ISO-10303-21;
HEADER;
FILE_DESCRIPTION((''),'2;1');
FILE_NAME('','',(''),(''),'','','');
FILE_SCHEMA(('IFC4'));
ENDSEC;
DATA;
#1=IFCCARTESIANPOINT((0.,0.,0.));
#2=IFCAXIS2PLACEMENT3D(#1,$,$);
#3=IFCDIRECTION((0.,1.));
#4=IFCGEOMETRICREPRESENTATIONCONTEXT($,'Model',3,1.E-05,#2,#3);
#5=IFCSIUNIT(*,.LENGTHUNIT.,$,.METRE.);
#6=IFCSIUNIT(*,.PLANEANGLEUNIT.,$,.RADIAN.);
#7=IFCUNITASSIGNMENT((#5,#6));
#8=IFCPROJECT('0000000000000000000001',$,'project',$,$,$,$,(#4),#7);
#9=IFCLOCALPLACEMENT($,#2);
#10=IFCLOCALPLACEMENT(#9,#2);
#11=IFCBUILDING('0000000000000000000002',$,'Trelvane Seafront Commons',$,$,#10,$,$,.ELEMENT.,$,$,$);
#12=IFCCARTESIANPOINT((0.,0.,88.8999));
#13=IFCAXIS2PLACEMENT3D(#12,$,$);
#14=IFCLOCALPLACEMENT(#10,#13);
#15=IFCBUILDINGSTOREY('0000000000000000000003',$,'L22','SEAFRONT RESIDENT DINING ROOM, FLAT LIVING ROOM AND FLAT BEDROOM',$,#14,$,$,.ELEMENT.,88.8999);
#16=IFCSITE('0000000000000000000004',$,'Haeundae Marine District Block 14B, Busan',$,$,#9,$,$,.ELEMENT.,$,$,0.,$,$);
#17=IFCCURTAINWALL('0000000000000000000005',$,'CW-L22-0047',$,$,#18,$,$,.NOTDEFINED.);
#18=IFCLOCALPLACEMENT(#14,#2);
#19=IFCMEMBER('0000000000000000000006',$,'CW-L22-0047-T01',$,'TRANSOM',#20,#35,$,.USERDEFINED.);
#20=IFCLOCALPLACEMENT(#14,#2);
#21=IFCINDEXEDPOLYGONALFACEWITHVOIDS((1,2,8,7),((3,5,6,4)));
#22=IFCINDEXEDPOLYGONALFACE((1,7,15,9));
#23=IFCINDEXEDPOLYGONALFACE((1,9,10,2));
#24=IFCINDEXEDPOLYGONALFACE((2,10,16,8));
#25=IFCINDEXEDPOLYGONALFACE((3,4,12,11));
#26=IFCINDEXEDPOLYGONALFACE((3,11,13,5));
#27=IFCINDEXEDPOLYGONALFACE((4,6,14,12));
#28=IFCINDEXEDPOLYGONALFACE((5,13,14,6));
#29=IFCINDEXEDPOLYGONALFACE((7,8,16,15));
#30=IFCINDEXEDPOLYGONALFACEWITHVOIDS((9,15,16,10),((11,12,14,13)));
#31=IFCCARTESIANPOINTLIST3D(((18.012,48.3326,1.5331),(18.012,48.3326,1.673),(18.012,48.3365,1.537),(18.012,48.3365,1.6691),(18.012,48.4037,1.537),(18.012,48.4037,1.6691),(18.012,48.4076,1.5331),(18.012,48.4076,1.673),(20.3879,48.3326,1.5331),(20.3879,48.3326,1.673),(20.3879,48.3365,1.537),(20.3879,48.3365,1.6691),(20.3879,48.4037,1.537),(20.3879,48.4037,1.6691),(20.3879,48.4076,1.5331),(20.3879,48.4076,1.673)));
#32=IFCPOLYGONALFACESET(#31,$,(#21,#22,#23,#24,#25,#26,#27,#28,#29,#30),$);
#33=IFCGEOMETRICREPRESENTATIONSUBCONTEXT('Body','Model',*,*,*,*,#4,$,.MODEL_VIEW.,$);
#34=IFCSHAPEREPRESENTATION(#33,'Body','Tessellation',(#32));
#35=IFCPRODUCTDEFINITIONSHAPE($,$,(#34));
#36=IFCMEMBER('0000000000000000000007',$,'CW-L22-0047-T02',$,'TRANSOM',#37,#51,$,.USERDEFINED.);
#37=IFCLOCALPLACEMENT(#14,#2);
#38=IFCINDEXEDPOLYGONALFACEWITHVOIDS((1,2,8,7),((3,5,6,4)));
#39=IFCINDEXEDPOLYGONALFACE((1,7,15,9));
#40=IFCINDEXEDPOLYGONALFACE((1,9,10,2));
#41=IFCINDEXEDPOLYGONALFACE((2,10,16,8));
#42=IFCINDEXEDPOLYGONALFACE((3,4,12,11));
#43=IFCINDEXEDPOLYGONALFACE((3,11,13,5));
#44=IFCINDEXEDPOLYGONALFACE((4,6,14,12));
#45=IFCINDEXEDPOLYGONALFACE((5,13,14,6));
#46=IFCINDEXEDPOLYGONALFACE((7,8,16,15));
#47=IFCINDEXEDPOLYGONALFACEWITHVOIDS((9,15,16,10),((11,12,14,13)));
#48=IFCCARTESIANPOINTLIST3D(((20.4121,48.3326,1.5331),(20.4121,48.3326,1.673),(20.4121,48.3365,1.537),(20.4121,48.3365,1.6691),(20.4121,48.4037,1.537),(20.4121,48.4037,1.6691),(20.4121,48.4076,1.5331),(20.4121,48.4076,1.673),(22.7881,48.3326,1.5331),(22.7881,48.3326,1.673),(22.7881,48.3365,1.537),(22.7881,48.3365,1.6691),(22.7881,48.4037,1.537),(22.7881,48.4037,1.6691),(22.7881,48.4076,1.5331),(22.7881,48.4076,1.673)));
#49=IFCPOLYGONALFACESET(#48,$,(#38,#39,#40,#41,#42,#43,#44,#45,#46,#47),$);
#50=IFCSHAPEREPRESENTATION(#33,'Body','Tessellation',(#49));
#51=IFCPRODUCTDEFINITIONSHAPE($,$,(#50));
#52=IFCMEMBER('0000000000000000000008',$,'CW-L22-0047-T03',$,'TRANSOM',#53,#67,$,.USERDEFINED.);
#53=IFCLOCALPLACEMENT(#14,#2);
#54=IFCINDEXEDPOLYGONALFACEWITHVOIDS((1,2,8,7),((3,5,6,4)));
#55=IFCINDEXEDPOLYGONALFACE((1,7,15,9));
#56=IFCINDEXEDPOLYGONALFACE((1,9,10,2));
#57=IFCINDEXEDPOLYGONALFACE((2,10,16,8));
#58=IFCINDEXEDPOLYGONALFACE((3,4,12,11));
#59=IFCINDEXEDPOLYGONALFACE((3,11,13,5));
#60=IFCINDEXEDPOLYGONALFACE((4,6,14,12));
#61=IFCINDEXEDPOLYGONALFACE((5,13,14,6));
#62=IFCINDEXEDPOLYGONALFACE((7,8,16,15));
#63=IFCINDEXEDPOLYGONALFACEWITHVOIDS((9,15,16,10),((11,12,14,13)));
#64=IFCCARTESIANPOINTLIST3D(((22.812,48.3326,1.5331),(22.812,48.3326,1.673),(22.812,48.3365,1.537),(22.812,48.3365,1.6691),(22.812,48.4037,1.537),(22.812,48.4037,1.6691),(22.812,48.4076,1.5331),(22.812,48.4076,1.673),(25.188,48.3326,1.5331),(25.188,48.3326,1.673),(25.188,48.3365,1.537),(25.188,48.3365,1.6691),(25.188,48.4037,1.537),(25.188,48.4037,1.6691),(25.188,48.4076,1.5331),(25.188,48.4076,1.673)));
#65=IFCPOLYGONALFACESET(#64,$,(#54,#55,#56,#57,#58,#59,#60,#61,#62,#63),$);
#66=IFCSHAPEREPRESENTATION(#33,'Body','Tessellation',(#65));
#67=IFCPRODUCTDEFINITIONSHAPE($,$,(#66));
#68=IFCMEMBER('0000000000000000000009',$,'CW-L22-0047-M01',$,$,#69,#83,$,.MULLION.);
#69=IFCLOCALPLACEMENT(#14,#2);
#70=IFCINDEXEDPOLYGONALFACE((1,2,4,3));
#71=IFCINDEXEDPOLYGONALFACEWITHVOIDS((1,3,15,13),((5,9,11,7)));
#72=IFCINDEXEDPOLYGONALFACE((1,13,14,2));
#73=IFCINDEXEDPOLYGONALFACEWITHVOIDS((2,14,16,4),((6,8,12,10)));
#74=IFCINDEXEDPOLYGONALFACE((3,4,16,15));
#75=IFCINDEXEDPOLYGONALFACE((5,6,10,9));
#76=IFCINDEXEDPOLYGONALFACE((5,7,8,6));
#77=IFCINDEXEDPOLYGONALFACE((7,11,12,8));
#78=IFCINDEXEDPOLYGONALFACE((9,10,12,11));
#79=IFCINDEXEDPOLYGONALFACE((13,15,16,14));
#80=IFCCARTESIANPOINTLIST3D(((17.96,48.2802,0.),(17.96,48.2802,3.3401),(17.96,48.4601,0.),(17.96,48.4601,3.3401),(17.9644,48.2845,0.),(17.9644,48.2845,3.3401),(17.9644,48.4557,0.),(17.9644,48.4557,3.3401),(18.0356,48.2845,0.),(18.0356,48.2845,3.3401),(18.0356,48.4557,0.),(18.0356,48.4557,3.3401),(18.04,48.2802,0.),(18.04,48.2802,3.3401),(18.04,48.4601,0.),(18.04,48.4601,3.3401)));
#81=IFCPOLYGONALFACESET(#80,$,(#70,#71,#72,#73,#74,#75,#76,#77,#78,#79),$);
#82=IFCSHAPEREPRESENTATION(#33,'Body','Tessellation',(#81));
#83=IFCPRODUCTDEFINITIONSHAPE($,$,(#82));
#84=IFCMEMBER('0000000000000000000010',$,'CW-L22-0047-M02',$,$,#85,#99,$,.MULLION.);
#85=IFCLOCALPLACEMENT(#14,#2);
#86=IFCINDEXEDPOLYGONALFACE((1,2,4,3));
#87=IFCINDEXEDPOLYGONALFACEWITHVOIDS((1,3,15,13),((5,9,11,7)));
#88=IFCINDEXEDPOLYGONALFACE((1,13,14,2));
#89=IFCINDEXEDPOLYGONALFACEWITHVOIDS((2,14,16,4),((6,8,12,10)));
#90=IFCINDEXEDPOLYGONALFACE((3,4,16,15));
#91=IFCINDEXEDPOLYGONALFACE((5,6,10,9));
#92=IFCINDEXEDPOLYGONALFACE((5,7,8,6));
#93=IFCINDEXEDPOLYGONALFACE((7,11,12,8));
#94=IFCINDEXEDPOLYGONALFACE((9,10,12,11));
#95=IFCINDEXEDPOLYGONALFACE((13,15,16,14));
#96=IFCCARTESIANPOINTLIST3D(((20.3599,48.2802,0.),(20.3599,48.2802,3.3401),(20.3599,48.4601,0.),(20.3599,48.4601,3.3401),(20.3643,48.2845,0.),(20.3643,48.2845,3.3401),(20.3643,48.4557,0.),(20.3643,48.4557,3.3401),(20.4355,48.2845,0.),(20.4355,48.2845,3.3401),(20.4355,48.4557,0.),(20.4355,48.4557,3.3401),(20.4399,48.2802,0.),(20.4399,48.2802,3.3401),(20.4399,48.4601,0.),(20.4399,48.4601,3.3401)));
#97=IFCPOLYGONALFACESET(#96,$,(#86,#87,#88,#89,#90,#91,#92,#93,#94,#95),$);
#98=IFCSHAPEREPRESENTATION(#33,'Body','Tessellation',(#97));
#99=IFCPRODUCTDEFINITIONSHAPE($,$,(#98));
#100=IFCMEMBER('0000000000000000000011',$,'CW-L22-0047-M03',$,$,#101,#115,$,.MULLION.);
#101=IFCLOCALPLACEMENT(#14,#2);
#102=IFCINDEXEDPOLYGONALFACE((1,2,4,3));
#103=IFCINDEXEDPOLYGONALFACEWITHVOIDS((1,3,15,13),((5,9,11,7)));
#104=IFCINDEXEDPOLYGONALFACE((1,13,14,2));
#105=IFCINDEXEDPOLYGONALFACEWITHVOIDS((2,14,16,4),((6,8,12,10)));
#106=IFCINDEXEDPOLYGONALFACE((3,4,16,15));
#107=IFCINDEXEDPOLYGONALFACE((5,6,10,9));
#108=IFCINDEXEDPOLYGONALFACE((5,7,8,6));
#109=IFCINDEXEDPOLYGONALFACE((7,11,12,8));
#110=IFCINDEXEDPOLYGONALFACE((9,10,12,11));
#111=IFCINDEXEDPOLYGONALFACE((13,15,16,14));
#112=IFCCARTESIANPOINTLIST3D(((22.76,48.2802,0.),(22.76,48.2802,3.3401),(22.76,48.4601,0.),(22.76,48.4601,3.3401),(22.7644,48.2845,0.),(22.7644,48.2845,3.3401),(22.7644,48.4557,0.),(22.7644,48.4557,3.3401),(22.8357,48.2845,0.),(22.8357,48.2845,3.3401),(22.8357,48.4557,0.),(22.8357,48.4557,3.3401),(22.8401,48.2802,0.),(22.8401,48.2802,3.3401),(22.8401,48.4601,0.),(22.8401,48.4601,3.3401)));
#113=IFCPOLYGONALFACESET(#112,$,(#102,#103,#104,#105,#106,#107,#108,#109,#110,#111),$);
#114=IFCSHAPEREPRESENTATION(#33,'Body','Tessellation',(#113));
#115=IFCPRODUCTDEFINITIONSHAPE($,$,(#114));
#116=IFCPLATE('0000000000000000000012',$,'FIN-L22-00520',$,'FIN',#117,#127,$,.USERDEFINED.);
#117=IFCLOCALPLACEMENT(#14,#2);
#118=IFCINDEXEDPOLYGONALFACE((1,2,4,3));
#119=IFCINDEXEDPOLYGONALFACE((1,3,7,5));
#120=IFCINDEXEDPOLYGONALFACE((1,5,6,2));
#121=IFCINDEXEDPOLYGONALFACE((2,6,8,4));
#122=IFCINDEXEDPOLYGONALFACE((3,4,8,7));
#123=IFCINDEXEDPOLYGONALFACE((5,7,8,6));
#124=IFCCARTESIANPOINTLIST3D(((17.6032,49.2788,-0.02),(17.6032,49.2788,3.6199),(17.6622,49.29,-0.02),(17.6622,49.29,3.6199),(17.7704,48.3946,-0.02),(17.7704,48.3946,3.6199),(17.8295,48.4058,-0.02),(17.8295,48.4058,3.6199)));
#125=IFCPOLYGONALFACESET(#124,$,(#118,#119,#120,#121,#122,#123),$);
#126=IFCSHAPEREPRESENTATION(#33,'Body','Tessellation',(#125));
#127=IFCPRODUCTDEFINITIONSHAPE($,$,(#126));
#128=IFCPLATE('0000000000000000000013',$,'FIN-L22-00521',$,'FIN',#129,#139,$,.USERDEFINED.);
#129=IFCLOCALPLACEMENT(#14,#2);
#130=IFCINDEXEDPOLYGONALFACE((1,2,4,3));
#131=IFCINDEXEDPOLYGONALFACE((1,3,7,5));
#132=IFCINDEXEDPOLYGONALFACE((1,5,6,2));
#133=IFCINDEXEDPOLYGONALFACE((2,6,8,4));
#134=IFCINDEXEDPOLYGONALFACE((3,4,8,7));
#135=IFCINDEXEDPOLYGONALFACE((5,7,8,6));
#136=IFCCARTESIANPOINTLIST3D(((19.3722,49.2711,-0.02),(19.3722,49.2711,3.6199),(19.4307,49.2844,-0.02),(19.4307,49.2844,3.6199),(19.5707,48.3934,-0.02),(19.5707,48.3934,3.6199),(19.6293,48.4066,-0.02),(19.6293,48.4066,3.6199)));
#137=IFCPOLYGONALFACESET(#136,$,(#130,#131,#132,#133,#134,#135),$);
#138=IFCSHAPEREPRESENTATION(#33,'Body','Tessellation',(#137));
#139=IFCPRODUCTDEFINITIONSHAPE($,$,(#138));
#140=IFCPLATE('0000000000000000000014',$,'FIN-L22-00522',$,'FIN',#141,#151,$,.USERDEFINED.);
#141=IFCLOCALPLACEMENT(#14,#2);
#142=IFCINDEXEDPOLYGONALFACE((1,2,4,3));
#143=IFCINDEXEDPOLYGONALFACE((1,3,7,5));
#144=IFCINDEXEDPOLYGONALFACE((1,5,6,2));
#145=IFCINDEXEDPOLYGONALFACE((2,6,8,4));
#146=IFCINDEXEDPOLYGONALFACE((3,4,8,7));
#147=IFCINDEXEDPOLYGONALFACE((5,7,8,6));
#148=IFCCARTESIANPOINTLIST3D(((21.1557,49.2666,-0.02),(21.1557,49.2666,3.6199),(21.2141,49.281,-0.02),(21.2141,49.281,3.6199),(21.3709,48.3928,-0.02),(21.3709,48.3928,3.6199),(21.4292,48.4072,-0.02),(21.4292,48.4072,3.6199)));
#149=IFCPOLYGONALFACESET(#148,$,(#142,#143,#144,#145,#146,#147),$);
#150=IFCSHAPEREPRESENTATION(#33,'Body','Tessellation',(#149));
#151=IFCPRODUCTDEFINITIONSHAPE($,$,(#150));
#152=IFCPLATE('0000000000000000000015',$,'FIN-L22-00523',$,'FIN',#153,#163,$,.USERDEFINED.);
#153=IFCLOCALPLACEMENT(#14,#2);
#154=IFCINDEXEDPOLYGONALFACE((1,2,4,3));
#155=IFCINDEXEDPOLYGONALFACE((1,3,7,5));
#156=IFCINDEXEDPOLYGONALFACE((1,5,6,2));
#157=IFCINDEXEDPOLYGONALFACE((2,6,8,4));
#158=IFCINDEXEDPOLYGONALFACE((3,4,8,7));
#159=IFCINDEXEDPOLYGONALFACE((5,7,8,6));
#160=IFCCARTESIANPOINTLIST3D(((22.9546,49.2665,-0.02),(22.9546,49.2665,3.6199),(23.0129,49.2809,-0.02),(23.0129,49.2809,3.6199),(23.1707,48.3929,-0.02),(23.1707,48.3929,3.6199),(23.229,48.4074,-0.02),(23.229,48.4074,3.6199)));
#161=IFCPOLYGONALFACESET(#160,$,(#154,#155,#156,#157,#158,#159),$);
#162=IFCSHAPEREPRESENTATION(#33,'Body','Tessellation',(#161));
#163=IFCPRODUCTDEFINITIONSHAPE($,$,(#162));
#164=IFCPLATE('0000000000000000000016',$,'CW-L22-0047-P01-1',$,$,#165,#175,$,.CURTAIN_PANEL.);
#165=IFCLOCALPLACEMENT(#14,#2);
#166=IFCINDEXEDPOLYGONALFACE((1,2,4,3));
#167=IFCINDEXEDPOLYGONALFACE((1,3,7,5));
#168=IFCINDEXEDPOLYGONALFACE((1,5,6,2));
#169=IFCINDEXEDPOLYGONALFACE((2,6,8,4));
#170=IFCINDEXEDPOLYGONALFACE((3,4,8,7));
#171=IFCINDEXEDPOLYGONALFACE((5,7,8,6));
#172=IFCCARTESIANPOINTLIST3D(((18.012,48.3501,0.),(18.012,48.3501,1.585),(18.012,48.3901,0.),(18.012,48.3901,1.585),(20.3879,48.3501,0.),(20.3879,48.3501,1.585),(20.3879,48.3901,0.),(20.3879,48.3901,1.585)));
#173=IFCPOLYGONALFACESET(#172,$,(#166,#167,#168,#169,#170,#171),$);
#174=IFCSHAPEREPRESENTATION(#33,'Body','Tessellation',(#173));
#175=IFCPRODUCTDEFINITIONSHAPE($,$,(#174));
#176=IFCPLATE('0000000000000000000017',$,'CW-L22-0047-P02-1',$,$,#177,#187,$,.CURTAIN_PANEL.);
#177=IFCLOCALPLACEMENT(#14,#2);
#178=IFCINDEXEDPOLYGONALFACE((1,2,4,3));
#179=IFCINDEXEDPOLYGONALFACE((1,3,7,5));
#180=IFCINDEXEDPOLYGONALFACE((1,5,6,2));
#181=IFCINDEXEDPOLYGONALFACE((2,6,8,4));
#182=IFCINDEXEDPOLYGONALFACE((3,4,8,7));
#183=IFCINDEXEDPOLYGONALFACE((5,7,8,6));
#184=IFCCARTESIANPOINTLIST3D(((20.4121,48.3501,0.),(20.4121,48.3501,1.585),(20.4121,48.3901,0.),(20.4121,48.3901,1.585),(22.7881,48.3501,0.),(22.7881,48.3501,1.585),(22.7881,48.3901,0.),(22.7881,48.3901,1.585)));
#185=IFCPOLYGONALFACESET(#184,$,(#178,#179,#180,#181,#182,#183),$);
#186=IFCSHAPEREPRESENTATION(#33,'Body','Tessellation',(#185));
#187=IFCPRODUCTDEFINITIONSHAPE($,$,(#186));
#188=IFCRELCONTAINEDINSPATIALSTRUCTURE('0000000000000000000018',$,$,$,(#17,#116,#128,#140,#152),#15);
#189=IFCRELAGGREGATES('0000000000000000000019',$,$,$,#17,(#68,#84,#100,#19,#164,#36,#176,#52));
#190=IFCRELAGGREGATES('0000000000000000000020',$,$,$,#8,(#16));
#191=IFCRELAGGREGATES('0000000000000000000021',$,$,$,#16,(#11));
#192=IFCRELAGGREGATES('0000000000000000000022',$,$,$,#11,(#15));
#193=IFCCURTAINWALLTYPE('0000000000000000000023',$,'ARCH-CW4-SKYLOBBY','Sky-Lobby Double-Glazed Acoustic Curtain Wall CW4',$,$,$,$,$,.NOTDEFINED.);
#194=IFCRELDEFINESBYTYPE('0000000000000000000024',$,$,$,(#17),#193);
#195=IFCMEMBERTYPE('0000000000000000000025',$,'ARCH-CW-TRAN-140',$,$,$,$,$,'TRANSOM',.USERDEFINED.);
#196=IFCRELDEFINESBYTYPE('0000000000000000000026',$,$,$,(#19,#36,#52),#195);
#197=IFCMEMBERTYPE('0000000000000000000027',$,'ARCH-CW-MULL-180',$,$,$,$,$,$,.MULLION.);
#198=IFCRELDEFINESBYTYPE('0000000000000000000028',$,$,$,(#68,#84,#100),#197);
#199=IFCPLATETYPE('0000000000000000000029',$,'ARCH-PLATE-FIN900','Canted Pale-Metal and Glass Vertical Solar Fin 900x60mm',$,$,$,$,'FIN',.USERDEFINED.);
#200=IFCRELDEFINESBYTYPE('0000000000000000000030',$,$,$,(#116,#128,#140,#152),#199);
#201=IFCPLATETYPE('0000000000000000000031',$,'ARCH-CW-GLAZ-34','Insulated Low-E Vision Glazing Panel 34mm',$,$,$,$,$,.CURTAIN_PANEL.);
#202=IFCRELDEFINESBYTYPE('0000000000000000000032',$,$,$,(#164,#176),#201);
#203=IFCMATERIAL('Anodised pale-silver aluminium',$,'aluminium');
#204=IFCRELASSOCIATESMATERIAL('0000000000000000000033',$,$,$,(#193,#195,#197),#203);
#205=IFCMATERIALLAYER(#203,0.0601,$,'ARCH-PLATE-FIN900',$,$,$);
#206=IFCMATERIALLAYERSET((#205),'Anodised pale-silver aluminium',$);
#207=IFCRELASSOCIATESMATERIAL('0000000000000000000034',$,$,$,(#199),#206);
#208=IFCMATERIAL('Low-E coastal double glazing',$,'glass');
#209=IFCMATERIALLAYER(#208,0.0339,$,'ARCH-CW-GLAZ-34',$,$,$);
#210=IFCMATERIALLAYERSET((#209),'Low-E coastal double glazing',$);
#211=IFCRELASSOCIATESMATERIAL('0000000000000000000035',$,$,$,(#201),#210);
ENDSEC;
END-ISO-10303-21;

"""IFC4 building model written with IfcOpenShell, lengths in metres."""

from ifc_helpers import new_model, si_unit, direction, frame, origin, origin_2d, place, context, subcontext, project, spatial, rectangle, hollow_rectangle, extrude, source, transform, mapped, material, layer, layer_set, material_profile, profile_set, type_object, element, aggregate, save


model = new_model("IFC4")

# Units and contexts
model_context = context("Model", 3, precision=1e-05, world=origin(), true_north=direction((0.0, 1.0)))
body_context = subcontext(model_context, "Body", "Model", "MODEL_VIEW")
ifc_project = project(units=[si_unit("LENGTHUNIT", "METRE"), si_unit("PLANEANGLEUNIT", "RADIAN")], contexts=[model_context])

# Site, building, storey
site_placement = place(None, origin())
site = spatial("IfcSite", under=ifc_project, at=site_placement, Name="Haeundae Marine District Block 14B, Busan", CompositionType="ELEMENT", RefElevation=0.0)
building_placement = place(site_placement, origin())
building = spatial("IfcBuilding", under=site, at=building_placement, Name="Trelvane Seafront Commons", CompositionType="ELEMENT")
storey_placement = place(building_placement, frame((0.0, 0.0, 88.8999)))
storey = spatial("IfcBuildingStorey", under=building, at=storey_placement, Name="L22", Description="SEAFRONT RESIDENT DINING ROOM, FLAT LIVING ROOM AND FLAT BEDROOM", CompositionType="ELEMENT", Elevation=88.8999)

# Curtain wall, members
ifc_material_1 = material(Name="Anodised pale-silver aluminium", Category="aluminium")
curtain_wall_type = type_object("IfcCurtainWallType", Name="ARCH-CW4-SKYLOBBY", Description="Sky-Lobby Double-Glazed Acoustic Curtain Wall CW4", PredefinedType="NOTDEFINED", material=ifc_material_1)
curtain_wall_placement = place(storey_placement, origin())
curtain_wall = element("IfcCurtainWall", 1, at=curtain_wall_placement, inside=storey, type_object=curtain_wall_type, Name="CW-L22-0047", PredefinedType="NOTDEFINED")
ifc_material_profile_1 = material_profile(ifc_material_1, hollow_rectangle(XDim=0.075, YDim=0.1399, WallThickness=0.0039, at=origin_2d()), Name="TRAN-75x140x4")
ifc_profile_set_1 = profile_set([ifc_material_profile_1], Name="Anodised pale-silver aluminium")
member_type_1 = type_object("IfcMemberType", Name="ARCH-CW-TRAN-140", ElementType="TRANSOM", PredefinedType="USERDEFINED", material=ifc_profile_set_1)
shared_shape_1 = source(origin(), body_context, "Body", "SweptSolid", [
    extrude(hollow_rectangle(XDim=0.075, YDim=0.1399, WallThickness=0.0039, at=origin_2d()), origin(), (0.0, 0.0, 1.0), 2.376),
])
member_1_placement = place(storey_placement, frame((18.012, 48.3701, 1.603), z_axis=(1.0, 0.0, 0.0), x_axis=(0.0, 1.0, 0.0)))
member_1 = element("IfcMember", 2, at=member_1_placement, type_object=member_type_1, Name="CW-L22-0047-T01", ObjectType="TRANSOM", PredefinedType="USERDEFINED", context=body_context, shape_type="MappedRepresentation", body=[
    mapped(shared_shape_1, transform((0.0, 0.0, 0.0), x_axis=(1.0, 0.0, 0.0), y_axis=(0.0, 1.0, 0.0), z_axis=(0.0, 0.0, 1.0), scale=1.0)),
])
member_2_placement = place(storey_placement, frame((20.4121, 48.3701, 1.603), z_axis=(1.0, 0.0, 0.0), x_axis=(0.0, 1.0, 0.0)))
member_2 = element("IfcMember", 3, at=member_2_placement, type_object=member_type_1, Name="CW-L22-0047-T02", ObjectType="TRANSOM", PredefinedType="USERDEFINED", context=body_context, shape_type="MappedRepresentation", body=[
    mapped(shared_shape_1, transform((0.0, 0.0, 0.0), x_axis=(1.0, 0.0, 0.0), y_axis=(0.0, 1.0, 0.0), z_axis=(0.0, 0.0, 1.0), scale=1.0)),
])
member_3_placement = place(storey_placement, frame((22.812, 48.3701, 1.603), z_axis=(1.0, 0.0, 0.0), x_axis=(0.0, 1.0, 0.0)))
member_3 = element("IfcMember", 4, at=member_3_placement, type_object=member_type_1, Name="CW-L22-0047-T03", ObjectType="TRANSOM", PredefinedType="USERDEFINED", context=body_context, shape_type="MappedRepresentation", body=[
    mapped(shared_shape_1, transform((0.0, 0.0, 0.0), x_axis=(1.0, 0.0, 0.0), y_axis=(0.0, 1.0, 0.0), z_axis=(0.0, 0.0, 1.0), scale=1.0)),
])
ifc_material_profile_2 = material_profile(ifc_material_1, hollow_rectangle(XDim=0.0801, YDim=0.1799, WallThickness=0.0044, at=origin_2d()), Name="MULL-80x180x4.5")
ifc_profile_set_2 = profile_set([ifc_material_profile_2], Name="Anodised pale-silver aluminium")
member_type_2 = type_object("IfcMemberType", Name="ARCH-CW-MULL-180", PredefinedType="MULLION", material=ifc_profile_set_2)
shared_shape_2 = source(origin(), body_context, "Body", "SweptSolid", [
    extrude(hollow_rectangle(XDim=0.0801, YDim=0.1799, WallThickness=0.0044, at=origin_2d()), origin(), (0.0, 0.0, 1.0), 3.3401),
])
member_4_placement = place(storey_placement, frame((18.0, 48.3701, 0.0), z_axis=(0.0, 0.0, 1.0), x_axis=(1.0, 0.0, 0.0)))
member_4 = element("IfcMember", 5, at=member_4_placement, type_object=member_type_2, Name="CW-L22-0047-M01", PredefinedType="MULLION", context=body_context, shape_type="MappedRepresentation", body=[
    mapped(shared_shape_2, transform((0.0, 0.0, 0.0), x_axis=(1.0, 0.0, 0.0), y_axis=(0.0, 1.0, 0.0), z_axis=(0.0, 0.0, 1.0), scale=1.0)),
])
member_5_placement = place(storey_placement, frame((20.3999, 48.3701, 0.0), z_axis=(0.0, 0.0, 1.0), x_axis=(1.0, 0.0, 0.0)))
member_5 = element("IfcMember", 6, at=member_5_placement, type_object=member_type_2, Name="CW-L22-0047-M02", PredefinedType="MULLION", context=body_context, shape_type="MappedRepresentation", body=[
    mapped(shared_shape_2, transform((0.0, 0.0, 0.0), x_axis=(1.0, 0.0, 0.0), y_axis=(0.0, 1.0, 0.0), z_axis=(0.0, 0.0, 1.0), scale=1.0)),
])
member_6_placement = place(storey_placement, frame((22.8, 48.3701, 0.0), z_axis=(0.0, 0.0, 1.0), x_axis=(1.0, 0.0, 0.0)))
member_6 = element("IfcMember", 7, at=member_6_placement, type_object=member_type_2, Name="CW-L22-0047-M03", PredefinedType="MULLION", context=body_context, shape_type="MappedRepresentation", body=[
    mapped(shared_shape_2, transform((0.0, 0.0, 0.0), x_axis=(1.0, 0.0, 0.0), y_axis=(0.0, 1.0, 0.0), z_axis=(0.0, 0.0, 1.0), scale=1.0)),
])

# Plates
ifc_layer_1 = layer(ifc_material_1, 0.0601, Name="ARCH-PLATE-FIN900")
ifc_layer_set_1 = layer_set([ifc_layer_1], Name="Anodised pale-silver aluminium")
plate_type_1 = type_object("IfcPlateType", Name="ARCH-PLATE-FIN900", Description="Canted Pale-Metal and Glass Vertical Solar Fin 900x60mm", ElementType="FIN", PredefinedType="USERDEFINED", material=ifc_layer_set_1)
shared_shape_3 = source(origin(), body_context, "Body", "SweptSolid", [
    extrude(rectangle(XDim=0.8999, YDim=0.0601, at=origin_2d()), origin(), (0.0, 0.0, 1.0), 3.6399),
])
for number, where, z_axis, x_axis, name in (
    (8, (17.7163, 48.8423, -0.02), (0.0, 0.0, 1.0), (-0.185891, 0.98257, 0.0), "FIN-L22-00520"),
    (9, (19.5007, 48.8389, -0.02), (0.0, 0.0, 1.0), (-0.22067, 0.975348, 0.0), "FIN-L22-00521"),
    (10, (21.2925, 48.8369, -0.02), (0.0, 0.0, 1.0), (-0.23911, 0.970993, 0.0), "FIN-L22-00522"),
    (11, (23.0918, 48.8369, -0.02), (0.0, 0.0, 1.0), (-0.240235, 0.970715, 0.0), "FIN-L22-00523"),
):
    element("IfcPlate", number, at=place(storey_placement, frame(where, z_axis=z_axis, x_axis=x_axis)), inside=storey, type_object=plate_type_1, Name=name, ObjectType="FIN", PredefinedType="USERDEFINED", context=body_context, shape_type="MappedRepresentation", body=[
        mapped(shared_shape_3, transform((0.0, 0.0, 0.0), x_axis=(1.0, 0.0, 0.0), y_axis=(0.0, 1.0, 0.0), z_axis=(0.0, 0.0, 1.0), scale=1.0)),
    ])

# Plates
ifc_material_2 = material(Name="Low-E coastal double glazing", Category="glass")
ifc_layer_2 = layer(ifc_material_2, 0.0339, Name="ARCH-CW-GLAZ-34")
ifc_layer_set_2 = layer_set([ifc_layer_2], Name="Low-E coastal double glazing")
plate_type_2 = type_object("IfcPlateType", Name="ARCH-CW-GLAZ-34", Description="Insulated Low-E Vision Glazing Panel 34mm", PredefinedType="CURTAIN_PANEL", material=ifc_layer_set_2)
shared_shape_4 = source(origin(), body_context, "Body", "SweptSolid", [
    extrude(rectangle(XDim=2.376, YDim=0.04, at=origin_2d()), origin(), (0.0, 0.0, 1.0), 1.585),
])
plate_1_placement = place(storey_placement, frame((19.2, 48.3701, 0.0), z_axis=(0.0, 0.0, 1.0), x_axis=(1.0, 0.0, 0.0)))
plate_1 = element("IfcPlate", 12, at=plate_1_placement, type_object=plate_type_2, Name="CW-L22-0047-P01-1", PredefinedType="CURTAIN_PANEL", context=body_context, shape_type="MappedRepresentation", body=[
    mapped(shared_shape_4, transform((0.0, 0.0, 0.0), x_axis=(1.0, 0.0, 0.0), y_axis=(0.0, 1.0, 0.0), z_axis=(0.0, 0.0, 1.0), scale=1.0)),
])
plate_2_placement = place(storey_placement, frame((21.6001, 48.3701, 0.0), z_axis=(0.0, 0.0, 1.0), x_axis=(1.0, 0.0, 0.0)))
plate_2 = element("IfcPlate", 13, at=plate_2_placement, type_object=plate_type_2, Name="CW-L22-0047-P02-1", PredefinedType="CURTAIN_PANEL", context=body_context, shape_type="MappedRepresentation", body=[
    mapped(shared_shape_4, transform((0.0, 0.0, 0.0), x_axis=(1.0, 0.0, 0.0), y_axis=(0.0, 1.0, 0.0), z_axis=(0.0, 0.0, 1.0), scale=1.0)),
])
aggregate(curtain_wall, [member_4, member_5, member_6, member_1, plate_1, member_2, plate_2, member_3])

save(model, "model.ifc")
